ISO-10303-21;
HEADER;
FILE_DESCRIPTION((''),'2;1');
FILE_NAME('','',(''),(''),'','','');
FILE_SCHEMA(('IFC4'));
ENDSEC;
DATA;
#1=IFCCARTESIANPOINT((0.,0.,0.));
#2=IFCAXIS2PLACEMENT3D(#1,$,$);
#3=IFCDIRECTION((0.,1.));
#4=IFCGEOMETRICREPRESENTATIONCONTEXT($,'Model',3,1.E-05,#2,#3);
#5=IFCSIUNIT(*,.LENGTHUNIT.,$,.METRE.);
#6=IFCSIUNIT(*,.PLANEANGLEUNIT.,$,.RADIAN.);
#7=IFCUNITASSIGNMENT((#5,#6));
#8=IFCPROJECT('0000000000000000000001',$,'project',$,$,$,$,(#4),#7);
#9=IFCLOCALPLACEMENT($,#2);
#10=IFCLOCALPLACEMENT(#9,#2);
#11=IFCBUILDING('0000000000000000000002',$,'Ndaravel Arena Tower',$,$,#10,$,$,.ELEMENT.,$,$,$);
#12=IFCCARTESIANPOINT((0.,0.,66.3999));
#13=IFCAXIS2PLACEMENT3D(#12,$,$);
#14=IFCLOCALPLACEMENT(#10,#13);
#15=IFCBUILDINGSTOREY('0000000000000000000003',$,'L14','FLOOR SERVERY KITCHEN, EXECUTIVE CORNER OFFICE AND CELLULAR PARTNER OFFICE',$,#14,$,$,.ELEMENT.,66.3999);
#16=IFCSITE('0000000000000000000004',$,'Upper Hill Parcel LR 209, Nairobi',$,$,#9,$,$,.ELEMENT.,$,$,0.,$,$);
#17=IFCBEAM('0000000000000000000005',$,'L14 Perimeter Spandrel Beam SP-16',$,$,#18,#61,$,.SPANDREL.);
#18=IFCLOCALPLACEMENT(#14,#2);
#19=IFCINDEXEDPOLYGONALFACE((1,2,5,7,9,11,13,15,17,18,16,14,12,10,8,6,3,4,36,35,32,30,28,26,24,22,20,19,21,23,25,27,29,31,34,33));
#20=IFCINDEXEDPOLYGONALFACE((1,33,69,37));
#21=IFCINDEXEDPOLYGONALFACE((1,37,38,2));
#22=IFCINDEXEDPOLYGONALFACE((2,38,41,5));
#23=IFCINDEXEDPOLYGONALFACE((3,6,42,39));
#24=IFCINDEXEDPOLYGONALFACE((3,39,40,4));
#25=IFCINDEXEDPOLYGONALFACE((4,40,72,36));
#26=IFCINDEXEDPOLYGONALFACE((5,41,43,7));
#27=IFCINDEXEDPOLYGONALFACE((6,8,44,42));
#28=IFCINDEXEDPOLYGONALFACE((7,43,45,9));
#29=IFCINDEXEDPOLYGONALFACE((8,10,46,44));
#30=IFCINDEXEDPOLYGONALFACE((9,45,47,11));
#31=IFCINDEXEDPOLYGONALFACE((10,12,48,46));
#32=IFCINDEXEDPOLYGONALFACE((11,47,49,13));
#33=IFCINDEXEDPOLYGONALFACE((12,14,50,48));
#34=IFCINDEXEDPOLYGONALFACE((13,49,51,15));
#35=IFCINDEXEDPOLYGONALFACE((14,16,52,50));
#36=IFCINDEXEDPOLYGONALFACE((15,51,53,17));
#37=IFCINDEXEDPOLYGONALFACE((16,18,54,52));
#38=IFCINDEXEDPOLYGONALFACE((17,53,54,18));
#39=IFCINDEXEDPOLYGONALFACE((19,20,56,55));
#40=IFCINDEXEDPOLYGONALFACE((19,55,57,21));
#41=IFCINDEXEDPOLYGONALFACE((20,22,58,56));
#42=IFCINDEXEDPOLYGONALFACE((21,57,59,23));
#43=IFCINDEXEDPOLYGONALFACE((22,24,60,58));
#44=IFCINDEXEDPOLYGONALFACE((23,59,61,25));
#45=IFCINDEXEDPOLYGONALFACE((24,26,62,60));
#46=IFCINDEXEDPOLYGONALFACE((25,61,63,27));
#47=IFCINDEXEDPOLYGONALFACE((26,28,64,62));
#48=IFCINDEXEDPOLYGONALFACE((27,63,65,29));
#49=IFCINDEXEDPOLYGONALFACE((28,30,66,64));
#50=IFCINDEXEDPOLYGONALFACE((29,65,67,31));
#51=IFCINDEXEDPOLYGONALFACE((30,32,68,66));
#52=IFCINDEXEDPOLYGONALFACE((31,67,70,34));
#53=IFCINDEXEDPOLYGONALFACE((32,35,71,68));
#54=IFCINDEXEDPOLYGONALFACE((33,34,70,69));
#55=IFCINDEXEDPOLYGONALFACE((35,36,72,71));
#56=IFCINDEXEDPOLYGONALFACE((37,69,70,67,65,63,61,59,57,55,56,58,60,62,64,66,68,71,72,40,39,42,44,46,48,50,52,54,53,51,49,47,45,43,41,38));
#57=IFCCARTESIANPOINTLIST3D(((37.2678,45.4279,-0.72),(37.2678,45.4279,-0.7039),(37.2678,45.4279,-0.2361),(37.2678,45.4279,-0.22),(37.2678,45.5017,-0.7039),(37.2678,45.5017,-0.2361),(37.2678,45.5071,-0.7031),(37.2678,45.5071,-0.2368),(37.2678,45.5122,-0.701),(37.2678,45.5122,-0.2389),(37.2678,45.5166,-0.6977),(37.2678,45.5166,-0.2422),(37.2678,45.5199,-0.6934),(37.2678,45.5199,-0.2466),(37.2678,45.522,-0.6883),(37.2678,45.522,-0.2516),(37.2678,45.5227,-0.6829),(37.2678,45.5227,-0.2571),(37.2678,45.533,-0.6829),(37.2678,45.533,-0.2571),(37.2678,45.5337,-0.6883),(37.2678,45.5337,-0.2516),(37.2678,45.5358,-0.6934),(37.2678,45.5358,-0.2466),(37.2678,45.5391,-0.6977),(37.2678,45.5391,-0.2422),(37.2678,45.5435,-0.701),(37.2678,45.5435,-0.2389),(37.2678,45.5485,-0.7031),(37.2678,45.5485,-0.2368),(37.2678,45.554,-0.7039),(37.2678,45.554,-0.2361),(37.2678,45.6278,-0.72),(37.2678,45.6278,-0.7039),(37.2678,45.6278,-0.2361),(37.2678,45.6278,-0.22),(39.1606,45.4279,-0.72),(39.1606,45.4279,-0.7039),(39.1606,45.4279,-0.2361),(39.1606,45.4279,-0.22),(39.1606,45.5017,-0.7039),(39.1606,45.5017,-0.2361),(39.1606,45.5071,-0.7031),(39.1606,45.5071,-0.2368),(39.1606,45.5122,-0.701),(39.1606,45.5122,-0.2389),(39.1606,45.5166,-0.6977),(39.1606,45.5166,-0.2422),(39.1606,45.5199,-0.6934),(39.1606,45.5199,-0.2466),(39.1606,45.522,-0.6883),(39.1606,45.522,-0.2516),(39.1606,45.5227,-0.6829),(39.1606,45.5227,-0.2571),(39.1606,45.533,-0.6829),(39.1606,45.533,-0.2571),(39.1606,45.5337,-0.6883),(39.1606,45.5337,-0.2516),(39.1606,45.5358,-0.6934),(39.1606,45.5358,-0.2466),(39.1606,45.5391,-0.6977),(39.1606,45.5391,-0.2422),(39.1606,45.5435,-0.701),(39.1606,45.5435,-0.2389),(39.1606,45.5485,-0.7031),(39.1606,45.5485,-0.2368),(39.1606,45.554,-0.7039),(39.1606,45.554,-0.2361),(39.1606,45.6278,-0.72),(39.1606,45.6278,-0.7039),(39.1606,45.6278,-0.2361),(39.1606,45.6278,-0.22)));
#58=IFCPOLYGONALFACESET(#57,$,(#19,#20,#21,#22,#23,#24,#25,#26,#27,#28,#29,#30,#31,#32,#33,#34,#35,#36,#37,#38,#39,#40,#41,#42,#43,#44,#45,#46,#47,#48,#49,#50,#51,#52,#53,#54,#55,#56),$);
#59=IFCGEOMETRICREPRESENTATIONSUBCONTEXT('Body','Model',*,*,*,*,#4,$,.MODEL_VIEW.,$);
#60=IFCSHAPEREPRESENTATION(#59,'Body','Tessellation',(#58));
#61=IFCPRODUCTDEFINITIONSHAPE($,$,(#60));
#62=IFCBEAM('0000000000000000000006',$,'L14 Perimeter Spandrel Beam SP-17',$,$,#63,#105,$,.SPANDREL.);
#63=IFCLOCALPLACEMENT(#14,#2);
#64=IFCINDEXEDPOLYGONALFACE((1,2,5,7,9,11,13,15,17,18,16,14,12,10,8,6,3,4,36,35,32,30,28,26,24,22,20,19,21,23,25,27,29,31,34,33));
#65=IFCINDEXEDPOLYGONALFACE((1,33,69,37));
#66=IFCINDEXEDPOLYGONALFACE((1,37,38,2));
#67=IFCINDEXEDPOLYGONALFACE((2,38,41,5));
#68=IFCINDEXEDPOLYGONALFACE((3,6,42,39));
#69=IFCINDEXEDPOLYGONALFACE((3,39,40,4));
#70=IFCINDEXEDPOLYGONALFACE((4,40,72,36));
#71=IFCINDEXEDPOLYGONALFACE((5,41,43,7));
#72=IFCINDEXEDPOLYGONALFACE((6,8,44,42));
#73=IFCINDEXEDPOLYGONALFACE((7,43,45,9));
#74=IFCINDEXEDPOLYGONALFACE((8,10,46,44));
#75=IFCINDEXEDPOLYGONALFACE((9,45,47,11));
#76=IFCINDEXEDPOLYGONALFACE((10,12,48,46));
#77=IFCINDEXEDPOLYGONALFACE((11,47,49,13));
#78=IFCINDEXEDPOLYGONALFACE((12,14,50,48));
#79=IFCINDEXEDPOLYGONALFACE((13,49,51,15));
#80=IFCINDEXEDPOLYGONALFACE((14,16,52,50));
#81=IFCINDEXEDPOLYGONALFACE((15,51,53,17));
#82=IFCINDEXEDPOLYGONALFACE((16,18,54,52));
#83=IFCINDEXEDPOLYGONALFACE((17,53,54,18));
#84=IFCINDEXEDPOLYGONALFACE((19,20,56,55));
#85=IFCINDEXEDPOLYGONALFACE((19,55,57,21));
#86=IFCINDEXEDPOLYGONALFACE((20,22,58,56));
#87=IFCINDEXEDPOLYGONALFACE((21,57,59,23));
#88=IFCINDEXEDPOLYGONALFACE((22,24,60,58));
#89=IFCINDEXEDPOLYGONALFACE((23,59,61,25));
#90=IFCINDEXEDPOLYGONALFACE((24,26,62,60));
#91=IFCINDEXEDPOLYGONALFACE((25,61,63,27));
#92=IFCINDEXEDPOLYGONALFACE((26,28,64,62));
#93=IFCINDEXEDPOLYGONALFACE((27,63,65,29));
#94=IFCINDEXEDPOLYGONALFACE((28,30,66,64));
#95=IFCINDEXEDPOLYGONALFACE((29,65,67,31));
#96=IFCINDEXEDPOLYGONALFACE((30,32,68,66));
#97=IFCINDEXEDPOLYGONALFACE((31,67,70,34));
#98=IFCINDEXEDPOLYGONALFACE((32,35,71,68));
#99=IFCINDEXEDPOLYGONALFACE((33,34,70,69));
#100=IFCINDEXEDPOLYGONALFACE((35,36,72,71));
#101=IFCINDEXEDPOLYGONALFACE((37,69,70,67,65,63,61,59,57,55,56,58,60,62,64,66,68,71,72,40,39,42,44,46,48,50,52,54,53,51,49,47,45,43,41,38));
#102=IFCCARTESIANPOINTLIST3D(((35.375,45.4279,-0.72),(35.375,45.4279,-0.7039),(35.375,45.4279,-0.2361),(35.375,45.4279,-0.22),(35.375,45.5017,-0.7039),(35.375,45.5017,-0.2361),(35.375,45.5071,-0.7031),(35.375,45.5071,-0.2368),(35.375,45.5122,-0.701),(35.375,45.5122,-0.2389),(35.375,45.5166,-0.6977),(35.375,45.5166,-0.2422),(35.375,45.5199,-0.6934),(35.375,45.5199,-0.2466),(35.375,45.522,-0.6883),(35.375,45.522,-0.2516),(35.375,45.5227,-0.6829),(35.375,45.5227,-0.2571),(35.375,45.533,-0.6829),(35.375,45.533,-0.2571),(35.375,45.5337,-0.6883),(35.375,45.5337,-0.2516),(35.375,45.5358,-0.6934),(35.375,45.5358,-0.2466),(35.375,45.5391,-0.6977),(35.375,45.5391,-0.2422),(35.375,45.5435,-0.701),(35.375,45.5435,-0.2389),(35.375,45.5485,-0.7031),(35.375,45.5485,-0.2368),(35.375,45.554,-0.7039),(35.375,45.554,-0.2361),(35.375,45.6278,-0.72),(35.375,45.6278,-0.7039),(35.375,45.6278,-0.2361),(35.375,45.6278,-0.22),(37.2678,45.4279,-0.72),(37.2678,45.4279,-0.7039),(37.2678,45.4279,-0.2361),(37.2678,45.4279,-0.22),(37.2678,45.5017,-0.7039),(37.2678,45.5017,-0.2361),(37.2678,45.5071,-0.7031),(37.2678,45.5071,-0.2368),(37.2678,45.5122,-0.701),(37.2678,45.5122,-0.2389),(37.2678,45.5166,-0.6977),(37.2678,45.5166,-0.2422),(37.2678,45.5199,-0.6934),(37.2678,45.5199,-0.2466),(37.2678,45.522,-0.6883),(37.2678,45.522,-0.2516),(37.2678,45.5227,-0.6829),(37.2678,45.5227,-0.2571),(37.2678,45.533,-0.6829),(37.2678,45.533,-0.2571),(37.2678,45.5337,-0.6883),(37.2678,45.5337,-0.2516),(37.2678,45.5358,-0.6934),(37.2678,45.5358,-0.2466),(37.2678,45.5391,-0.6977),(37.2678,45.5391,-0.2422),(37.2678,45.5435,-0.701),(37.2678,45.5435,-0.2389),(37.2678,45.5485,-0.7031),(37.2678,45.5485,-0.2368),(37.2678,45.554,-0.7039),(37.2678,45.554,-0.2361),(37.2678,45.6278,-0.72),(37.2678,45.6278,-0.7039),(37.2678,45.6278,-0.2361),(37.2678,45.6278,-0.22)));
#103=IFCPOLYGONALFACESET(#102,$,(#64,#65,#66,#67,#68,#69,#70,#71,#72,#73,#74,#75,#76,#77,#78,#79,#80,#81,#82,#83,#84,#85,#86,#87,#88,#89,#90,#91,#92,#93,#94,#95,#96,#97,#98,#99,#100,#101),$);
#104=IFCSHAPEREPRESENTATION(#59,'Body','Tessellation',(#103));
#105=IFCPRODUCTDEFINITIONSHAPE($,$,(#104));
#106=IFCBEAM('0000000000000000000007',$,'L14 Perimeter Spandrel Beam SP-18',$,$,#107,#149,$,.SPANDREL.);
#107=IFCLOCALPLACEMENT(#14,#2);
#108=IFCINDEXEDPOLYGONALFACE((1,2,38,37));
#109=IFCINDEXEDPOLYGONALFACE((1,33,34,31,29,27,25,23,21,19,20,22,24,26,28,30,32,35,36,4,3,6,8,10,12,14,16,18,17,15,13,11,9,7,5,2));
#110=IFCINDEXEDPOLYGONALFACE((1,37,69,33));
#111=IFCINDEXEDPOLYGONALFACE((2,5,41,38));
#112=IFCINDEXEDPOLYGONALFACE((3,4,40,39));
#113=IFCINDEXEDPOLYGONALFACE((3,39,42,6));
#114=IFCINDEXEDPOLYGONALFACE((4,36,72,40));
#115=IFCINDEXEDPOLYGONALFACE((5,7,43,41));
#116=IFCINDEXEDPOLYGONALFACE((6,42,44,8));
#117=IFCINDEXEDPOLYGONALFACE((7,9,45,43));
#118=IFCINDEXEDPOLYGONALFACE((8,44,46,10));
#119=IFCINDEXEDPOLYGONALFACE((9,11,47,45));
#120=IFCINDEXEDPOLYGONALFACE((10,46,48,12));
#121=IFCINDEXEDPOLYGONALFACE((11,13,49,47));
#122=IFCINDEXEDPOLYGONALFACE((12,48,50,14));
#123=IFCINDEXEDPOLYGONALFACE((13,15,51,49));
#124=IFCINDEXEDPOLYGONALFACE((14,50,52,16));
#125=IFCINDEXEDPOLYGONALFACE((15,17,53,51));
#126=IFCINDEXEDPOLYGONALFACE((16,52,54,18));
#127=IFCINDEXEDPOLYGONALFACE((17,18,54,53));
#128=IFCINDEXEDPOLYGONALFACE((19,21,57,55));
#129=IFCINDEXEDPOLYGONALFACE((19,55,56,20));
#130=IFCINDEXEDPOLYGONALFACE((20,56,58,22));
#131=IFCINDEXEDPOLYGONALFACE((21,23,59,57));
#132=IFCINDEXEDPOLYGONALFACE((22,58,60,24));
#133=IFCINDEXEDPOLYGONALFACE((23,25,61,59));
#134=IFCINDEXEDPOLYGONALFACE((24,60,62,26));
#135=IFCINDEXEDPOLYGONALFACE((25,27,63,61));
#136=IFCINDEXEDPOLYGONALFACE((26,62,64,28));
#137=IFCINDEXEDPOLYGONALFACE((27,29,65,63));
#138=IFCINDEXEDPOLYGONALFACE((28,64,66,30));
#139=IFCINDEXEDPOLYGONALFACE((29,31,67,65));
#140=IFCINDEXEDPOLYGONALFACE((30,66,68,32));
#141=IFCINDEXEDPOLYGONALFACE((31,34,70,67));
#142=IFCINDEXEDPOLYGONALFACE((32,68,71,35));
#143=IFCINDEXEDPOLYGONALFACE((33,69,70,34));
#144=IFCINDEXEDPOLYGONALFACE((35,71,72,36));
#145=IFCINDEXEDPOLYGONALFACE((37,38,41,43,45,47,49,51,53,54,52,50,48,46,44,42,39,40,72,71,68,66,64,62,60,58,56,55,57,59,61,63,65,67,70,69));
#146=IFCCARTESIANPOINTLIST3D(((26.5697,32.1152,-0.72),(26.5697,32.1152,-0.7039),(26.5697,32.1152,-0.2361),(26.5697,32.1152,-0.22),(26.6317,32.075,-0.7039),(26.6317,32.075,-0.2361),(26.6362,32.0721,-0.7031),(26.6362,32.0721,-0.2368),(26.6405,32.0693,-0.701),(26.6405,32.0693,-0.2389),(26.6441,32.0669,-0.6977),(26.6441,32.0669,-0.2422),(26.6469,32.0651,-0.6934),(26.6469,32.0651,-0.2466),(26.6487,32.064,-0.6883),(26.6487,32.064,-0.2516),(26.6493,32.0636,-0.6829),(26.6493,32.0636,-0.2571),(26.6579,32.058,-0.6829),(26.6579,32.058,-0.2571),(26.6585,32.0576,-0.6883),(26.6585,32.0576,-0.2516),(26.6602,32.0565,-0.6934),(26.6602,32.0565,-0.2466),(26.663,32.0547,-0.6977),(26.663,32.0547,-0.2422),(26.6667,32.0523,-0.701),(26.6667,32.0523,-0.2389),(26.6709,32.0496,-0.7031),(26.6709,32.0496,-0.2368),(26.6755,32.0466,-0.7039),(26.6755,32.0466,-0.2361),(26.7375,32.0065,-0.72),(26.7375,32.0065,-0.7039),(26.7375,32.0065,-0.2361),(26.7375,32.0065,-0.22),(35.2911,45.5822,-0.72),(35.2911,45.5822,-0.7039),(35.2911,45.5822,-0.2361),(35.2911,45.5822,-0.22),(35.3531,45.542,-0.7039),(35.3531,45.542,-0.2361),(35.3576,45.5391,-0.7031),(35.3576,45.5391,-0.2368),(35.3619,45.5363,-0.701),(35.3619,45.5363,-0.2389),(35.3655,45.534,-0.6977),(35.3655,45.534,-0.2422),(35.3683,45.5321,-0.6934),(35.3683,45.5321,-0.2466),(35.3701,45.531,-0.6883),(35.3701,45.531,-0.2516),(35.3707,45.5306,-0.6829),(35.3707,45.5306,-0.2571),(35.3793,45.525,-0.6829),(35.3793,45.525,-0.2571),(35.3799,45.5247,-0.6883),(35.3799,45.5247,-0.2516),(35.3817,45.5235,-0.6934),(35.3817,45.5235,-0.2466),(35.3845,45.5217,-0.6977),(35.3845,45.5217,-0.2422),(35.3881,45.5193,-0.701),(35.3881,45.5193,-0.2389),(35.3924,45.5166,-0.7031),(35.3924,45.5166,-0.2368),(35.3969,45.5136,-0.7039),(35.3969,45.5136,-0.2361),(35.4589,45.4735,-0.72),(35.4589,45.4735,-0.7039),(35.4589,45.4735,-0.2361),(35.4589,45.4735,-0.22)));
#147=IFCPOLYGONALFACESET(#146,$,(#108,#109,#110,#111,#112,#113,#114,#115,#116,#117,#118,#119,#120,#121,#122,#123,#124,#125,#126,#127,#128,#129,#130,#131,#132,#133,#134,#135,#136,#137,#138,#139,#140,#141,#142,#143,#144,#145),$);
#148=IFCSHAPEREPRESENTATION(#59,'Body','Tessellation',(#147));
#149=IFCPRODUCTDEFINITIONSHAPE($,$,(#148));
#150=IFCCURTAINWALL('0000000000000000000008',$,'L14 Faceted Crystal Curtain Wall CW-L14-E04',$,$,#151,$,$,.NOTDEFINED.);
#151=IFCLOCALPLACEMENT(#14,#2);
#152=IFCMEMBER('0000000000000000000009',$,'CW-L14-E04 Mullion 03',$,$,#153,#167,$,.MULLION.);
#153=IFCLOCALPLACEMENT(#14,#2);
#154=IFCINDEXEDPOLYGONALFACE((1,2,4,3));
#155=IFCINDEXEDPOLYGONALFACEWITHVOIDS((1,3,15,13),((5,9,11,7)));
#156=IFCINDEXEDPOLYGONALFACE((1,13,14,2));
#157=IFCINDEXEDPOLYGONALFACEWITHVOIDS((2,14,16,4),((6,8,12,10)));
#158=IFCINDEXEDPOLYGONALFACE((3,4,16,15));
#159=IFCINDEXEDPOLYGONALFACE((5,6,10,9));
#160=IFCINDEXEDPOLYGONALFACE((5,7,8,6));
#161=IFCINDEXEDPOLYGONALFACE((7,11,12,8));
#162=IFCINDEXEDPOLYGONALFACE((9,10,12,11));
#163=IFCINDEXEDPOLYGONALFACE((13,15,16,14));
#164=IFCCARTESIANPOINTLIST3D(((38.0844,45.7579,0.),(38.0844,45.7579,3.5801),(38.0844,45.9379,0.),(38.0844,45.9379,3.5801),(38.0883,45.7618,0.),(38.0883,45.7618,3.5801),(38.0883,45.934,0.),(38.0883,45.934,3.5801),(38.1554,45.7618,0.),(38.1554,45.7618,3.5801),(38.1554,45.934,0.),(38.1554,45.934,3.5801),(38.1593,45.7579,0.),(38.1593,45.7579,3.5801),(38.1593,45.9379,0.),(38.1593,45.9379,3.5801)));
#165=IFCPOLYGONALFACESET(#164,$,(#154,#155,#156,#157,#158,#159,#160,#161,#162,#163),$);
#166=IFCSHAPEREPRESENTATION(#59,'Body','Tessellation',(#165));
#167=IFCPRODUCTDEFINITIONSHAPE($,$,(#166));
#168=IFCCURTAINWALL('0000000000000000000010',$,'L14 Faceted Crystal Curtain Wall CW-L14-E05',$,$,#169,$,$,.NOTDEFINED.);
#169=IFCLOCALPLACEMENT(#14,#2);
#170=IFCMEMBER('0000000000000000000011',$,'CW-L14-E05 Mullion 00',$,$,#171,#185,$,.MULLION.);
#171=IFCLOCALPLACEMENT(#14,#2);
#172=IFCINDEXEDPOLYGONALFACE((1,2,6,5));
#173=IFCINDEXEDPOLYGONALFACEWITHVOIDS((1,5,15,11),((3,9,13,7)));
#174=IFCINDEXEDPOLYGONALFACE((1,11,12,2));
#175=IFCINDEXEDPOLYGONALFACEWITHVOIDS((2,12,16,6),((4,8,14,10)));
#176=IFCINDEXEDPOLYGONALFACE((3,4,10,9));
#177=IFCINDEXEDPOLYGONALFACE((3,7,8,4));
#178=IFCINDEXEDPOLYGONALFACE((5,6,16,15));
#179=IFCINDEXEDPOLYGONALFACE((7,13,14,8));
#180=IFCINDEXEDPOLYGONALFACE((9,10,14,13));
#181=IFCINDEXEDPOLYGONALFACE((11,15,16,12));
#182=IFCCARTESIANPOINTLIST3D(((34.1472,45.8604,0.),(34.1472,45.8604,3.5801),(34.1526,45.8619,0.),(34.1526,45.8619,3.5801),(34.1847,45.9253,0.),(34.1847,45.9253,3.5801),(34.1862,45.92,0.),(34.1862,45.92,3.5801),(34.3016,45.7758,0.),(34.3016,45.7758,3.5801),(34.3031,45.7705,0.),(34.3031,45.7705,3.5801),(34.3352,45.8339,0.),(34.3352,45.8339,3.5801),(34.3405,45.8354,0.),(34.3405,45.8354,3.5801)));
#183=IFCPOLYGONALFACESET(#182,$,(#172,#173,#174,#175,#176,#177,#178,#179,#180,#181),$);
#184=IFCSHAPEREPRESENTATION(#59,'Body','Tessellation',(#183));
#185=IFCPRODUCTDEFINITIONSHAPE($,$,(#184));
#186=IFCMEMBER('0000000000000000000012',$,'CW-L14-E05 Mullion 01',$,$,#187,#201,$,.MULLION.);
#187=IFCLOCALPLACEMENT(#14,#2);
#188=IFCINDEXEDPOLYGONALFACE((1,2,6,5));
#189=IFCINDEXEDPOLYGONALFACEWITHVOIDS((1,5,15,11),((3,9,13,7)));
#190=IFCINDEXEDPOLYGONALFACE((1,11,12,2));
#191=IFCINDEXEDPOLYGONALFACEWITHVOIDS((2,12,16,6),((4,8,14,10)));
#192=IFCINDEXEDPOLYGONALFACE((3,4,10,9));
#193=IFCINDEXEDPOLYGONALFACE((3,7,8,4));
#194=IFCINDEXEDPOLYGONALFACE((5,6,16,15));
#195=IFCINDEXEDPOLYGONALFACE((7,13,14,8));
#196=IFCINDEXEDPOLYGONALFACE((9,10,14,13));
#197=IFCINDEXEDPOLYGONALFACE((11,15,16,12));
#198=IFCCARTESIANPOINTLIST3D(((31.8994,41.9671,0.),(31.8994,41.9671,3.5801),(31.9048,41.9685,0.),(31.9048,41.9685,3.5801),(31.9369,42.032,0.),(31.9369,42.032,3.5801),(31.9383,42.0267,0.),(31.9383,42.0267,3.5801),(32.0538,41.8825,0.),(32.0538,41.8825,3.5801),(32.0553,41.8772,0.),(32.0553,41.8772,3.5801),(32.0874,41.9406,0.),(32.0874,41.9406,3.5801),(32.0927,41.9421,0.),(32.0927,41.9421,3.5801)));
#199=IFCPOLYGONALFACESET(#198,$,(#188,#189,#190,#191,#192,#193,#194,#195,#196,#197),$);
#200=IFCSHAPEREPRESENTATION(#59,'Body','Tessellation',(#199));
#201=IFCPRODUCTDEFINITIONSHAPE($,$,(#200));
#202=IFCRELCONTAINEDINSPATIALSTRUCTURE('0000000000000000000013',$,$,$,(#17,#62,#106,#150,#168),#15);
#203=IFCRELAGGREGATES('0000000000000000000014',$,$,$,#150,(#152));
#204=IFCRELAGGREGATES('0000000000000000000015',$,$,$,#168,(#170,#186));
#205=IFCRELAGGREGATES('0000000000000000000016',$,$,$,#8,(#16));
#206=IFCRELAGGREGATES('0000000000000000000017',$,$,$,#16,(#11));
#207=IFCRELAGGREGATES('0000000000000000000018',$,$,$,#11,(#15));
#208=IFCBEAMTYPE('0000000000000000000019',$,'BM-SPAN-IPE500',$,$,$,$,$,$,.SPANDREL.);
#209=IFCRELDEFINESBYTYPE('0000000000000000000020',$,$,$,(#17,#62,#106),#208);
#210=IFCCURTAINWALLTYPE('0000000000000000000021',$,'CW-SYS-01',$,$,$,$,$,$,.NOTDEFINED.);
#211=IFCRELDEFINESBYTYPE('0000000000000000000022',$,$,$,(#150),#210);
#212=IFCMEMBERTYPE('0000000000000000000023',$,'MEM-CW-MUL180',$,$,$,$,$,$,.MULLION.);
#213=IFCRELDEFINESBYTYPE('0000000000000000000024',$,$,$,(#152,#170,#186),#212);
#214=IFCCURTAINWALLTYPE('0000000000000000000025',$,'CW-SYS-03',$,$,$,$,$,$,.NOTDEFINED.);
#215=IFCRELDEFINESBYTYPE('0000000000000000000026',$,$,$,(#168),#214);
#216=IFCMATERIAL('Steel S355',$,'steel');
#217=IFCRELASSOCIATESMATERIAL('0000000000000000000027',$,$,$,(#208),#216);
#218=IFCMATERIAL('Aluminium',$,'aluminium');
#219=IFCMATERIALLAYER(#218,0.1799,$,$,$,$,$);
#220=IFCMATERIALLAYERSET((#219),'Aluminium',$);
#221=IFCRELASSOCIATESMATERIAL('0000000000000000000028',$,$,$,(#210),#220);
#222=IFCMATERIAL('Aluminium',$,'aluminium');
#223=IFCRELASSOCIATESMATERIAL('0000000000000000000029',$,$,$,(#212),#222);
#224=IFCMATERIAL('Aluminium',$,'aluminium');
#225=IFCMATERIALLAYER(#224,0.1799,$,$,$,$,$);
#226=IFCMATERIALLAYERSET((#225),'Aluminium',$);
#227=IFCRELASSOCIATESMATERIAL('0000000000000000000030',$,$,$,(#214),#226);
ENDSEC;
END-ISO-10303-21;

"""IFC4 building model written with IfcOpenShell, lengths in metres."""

from ifc_helpers import new_model, si_unit, direction, frame, origin, origin_2d, place, context, subcontext, project, spatial, hollow_rectangle, i_section, extrude, material, layer, layer_set, material_profile, profile_set, type_object, element, aggregate, save


model = new_model("IFC4")

# Units and contexts
model_context = context("Model", 3, precision=1e-05, world=origin(), true_north=direction((0.0, 1.0)))
body_context = subcontext(model_context, "Body", "Model", "MODEL_VIEW")
ifc_project = project(units=[si_unit("LENGTHUNIT", "METRE"), si_unit("PLANEANGLEUNIT", "RADIAN")], contexts=[model_context])

# Site, building, storey
site_placement = place(None, origin())
site = spatial("IfcSite", under=ifc_project, at=site_placement, Name="Upper Hill Parcel LR 209, Nairobi", CompositionType="ELEMENT", RefElevation=0.0)
building_placement = place(site_placement, origin())
building = spatial("IfcBuilding", under=site, at=building_placement, Name="Ndaravel Arena Tower", CompositionType="ELEMENT")
storey_placement = place(building_placement, frame((0.0, 0.0, 66.3999)))
storey = spatial("IfcBuildingStorey", under=building, at=storey_placement, Name="L14", Description="FLOOR SERVERY KITCHEN, EXECUTIVE CORNER OFFICE AND CELLULAR PARTNER OFFICE", CompositionType="ELEMENT", Elevation=66.3999)

# Beams
ifc_material_1 = material(Name="Steel S355", Category="steel")
ifc_material_profile_1 = material_profile(ifc_material_1, i_section(OverallWidth=0.2, OverallDepth=0.5, WebThickness=0.0103, FlangeThickness=0.0161, FilletRadius=0.021, at=origin_2d()), Name="IPE 500")
ifc_profile_set_1 = profile_set([ifc_material_profile_1], Name="Steel S355")
beam_type_1 = type_object("IfcBeamType", Name="BM-SPAN-IPE500", PredefinedType="SPANDREL", material=ifc_profile_set_1)
for number, where, z_axis, x_axis, name in (
    (1, (39.1606, 45.5278, -0.47), (-1.0, 0.0, 0.0), (0.0, -1.0, 0.0), "L14 Perimeter Spandrel Beam SP-16"),
    (2, (37.2678, 45.5278, -0.47), (-1.0, 0.0, 0.0), (0.0, -1.0, 0.0), "L14 Perimeter Spandrel Beam SP-17"),
):
    element("IfcBeam", number, at=place(storey_placement, frame(where, z_axis=z_axis, x_axis=x_axis)), inside=storey, type_object=beam_type_1, Name=name, PredefinedType="SPANDREL", context=body_context, shape_type="SweptSolid", body=[
        extrude(i_section(OverallWidth=0.2, OverallDepth=0.5, WebThickness=0.0103, FlangeThickness=0.0161, FilletRadius=0.021, at=origin_2d()), origin(), (0.0, 0.0, 1.0), 1.8928),
    ])
beam_1_placement = place(storey_placement, frame((35.375, 45.5278, -0.47), z_axis=(-0.543579, -0.839358, 0.0), x_axis=(0.839358, -0.543579, 0.0)))
element("IfcBeam", 3, at=beam_1_placement, inside=storey, type_object=beam_type_1, Name="L14 Perimeter Spandrel Beam SP-18", PredefinedType="SPANDREL", context=body_context, shape_type="SweptSolid", body=[
    extrude(i_section(OverallWidth=0.2, OverallDepth=0.5, WebThickness=0.0103, FlangeThickness=0.0161, FilletRadius=0.021, at=origin_2d()), origin(), (0.0, 0.0, 1.0), 16.0444),
])

# Curtain wall, member
ifc_material_2 = material(Name="Aluminium", Category="aluminium")
ifc_layer_1 = layer(ifc_material_2, 0.1799)
ifc_layer_set_1 = layer_set([ifc_layer_1], Name="Aluminium")
curtain_wall_type_1 = type_object("IfcCurtainWallType", Name="CW-SYS-01", PredefinedType="NOTDEFINED", material=ifc_layer_set_1)
curtain_wall_1_placement = place(storey_placement, origin())
curtain_wall_1 = element("IfcCurtainWall", 4, at=curtain_wall_1_placement, inside=storey, type_object=curtain_wall_type_1, Name="L14 Faceted Crystal Curtain Wall CW-L14-E04", PredefinedType="NOTDEFINED")
ifc_material_3 = material(Name="Aluminium", Category="aluminium")
ifc_material_profile_2 = material_profile(ifc_material_3, hollow_rectangle(XDim=0.075, YDim=0.1799, WallThickness=0.0039, at=origin_2d()), Name="CW MULLION 75x180x4")
ifc_profile_set_2 = profile_set([ifc_material_profile_2], Name="Aluminium")
member_type_1 = type_object("IfcMemberType", Name="MEM-CW-MUL180", PredefinedType="MULLION", material=ifc_profile_set_2)
member_1_placement = place(storey_placement, frame((38.1218, 45.8479, 0.0), z_axis=(0.0, 0.0, 1.0), x_axis=(-1.0, 0.0, 0.0)))
member_1 = element("IfcMember", 5, at=member_1_placement, type_object=member_type_1, Name="CW-L14-E04 Mullion 03", PredefinedType="MULLION", context=body_context, shape_type="SweptSolid", body=[
    extrude(hollow_rectangle(XDim=0.075, YDim=0.1799, WallThickness=0.0039, at=origin_2d()), origin(), (0.0, 0.0, 1.0), 3.5801),
])

# Curtain wall, members
ifc_material_4 = material(Name="Aluminium", Category="aluminium")
ifc_layer_2 = layer(ifc_material_4, 0.1799)
ifc_layer_set_2 = layer_set([ifc_layer_2], Name="Aluminium")
curtain_wall_type_2 = type_object("IfcCurtainWallType", Name="CW-SYS-03", PredefinedType="NOTDEFINED", material=ifc_layer_set_2)
curtain_wall_2_placement = place(storey_placement, origin())
curtain_wall_2 = element("IfcCurtainWall", 6, at=curtain_wall_2_placement, inside=storey, type_object=curtain_wall_type_2, Name="L14 Faceted Crystal Curtain Wall CW-L14-E05", PredefinedType="NOTDEFINED")
member_2_placement = place(storey_placement, frame((34.2439, 45.8479, 0.0), z_axis=(0.0, 0.0, 1.0), x_axis=(-0.5, -0.866025, 0.0)))
member_2 = element("IfcMember", 7, at=member_2_placement, type_object=member_type_1, Name="CW-L14-E05 Mullion 00", PredefinedType="MULLION", context=body_context, shape_type="SweptSolid", body=[
    extrude(hollow_rectangle(XDim=0.075, YDim=0.1799, WallThickness=0.0039, at=origin_2d()), origin(), (0.0, 0.0, 1.0), 3.5801),
])
member_3_placement = place(storey_placement, frame((31.9961, 41.9546, 0.0), z_axis=(0.0, 0.0, 1.0), x_axis=(-0.5, -0.866025, 0.0)))
member_3 = element("IfcMember", 8, at=member_3_placement, type_object=member_type_1, Name="CW-L14-E05 Mullion 01", PredefinedType="MULLION", context=body_context, shape_type="SweptSolid", body=[
    extrude(hollow_rectangle(XDim=0.075, YDim=0.1799, WallThickness=0.0039, at=origin_2d()), origin(), (0.0, 0.0, 1.0), 3.5801),
])

aggregate(curtain_wall_1, [member_1])
aggregate(curtain_wall_2, [member_2, member_3])

save(model, "model.ifc")
